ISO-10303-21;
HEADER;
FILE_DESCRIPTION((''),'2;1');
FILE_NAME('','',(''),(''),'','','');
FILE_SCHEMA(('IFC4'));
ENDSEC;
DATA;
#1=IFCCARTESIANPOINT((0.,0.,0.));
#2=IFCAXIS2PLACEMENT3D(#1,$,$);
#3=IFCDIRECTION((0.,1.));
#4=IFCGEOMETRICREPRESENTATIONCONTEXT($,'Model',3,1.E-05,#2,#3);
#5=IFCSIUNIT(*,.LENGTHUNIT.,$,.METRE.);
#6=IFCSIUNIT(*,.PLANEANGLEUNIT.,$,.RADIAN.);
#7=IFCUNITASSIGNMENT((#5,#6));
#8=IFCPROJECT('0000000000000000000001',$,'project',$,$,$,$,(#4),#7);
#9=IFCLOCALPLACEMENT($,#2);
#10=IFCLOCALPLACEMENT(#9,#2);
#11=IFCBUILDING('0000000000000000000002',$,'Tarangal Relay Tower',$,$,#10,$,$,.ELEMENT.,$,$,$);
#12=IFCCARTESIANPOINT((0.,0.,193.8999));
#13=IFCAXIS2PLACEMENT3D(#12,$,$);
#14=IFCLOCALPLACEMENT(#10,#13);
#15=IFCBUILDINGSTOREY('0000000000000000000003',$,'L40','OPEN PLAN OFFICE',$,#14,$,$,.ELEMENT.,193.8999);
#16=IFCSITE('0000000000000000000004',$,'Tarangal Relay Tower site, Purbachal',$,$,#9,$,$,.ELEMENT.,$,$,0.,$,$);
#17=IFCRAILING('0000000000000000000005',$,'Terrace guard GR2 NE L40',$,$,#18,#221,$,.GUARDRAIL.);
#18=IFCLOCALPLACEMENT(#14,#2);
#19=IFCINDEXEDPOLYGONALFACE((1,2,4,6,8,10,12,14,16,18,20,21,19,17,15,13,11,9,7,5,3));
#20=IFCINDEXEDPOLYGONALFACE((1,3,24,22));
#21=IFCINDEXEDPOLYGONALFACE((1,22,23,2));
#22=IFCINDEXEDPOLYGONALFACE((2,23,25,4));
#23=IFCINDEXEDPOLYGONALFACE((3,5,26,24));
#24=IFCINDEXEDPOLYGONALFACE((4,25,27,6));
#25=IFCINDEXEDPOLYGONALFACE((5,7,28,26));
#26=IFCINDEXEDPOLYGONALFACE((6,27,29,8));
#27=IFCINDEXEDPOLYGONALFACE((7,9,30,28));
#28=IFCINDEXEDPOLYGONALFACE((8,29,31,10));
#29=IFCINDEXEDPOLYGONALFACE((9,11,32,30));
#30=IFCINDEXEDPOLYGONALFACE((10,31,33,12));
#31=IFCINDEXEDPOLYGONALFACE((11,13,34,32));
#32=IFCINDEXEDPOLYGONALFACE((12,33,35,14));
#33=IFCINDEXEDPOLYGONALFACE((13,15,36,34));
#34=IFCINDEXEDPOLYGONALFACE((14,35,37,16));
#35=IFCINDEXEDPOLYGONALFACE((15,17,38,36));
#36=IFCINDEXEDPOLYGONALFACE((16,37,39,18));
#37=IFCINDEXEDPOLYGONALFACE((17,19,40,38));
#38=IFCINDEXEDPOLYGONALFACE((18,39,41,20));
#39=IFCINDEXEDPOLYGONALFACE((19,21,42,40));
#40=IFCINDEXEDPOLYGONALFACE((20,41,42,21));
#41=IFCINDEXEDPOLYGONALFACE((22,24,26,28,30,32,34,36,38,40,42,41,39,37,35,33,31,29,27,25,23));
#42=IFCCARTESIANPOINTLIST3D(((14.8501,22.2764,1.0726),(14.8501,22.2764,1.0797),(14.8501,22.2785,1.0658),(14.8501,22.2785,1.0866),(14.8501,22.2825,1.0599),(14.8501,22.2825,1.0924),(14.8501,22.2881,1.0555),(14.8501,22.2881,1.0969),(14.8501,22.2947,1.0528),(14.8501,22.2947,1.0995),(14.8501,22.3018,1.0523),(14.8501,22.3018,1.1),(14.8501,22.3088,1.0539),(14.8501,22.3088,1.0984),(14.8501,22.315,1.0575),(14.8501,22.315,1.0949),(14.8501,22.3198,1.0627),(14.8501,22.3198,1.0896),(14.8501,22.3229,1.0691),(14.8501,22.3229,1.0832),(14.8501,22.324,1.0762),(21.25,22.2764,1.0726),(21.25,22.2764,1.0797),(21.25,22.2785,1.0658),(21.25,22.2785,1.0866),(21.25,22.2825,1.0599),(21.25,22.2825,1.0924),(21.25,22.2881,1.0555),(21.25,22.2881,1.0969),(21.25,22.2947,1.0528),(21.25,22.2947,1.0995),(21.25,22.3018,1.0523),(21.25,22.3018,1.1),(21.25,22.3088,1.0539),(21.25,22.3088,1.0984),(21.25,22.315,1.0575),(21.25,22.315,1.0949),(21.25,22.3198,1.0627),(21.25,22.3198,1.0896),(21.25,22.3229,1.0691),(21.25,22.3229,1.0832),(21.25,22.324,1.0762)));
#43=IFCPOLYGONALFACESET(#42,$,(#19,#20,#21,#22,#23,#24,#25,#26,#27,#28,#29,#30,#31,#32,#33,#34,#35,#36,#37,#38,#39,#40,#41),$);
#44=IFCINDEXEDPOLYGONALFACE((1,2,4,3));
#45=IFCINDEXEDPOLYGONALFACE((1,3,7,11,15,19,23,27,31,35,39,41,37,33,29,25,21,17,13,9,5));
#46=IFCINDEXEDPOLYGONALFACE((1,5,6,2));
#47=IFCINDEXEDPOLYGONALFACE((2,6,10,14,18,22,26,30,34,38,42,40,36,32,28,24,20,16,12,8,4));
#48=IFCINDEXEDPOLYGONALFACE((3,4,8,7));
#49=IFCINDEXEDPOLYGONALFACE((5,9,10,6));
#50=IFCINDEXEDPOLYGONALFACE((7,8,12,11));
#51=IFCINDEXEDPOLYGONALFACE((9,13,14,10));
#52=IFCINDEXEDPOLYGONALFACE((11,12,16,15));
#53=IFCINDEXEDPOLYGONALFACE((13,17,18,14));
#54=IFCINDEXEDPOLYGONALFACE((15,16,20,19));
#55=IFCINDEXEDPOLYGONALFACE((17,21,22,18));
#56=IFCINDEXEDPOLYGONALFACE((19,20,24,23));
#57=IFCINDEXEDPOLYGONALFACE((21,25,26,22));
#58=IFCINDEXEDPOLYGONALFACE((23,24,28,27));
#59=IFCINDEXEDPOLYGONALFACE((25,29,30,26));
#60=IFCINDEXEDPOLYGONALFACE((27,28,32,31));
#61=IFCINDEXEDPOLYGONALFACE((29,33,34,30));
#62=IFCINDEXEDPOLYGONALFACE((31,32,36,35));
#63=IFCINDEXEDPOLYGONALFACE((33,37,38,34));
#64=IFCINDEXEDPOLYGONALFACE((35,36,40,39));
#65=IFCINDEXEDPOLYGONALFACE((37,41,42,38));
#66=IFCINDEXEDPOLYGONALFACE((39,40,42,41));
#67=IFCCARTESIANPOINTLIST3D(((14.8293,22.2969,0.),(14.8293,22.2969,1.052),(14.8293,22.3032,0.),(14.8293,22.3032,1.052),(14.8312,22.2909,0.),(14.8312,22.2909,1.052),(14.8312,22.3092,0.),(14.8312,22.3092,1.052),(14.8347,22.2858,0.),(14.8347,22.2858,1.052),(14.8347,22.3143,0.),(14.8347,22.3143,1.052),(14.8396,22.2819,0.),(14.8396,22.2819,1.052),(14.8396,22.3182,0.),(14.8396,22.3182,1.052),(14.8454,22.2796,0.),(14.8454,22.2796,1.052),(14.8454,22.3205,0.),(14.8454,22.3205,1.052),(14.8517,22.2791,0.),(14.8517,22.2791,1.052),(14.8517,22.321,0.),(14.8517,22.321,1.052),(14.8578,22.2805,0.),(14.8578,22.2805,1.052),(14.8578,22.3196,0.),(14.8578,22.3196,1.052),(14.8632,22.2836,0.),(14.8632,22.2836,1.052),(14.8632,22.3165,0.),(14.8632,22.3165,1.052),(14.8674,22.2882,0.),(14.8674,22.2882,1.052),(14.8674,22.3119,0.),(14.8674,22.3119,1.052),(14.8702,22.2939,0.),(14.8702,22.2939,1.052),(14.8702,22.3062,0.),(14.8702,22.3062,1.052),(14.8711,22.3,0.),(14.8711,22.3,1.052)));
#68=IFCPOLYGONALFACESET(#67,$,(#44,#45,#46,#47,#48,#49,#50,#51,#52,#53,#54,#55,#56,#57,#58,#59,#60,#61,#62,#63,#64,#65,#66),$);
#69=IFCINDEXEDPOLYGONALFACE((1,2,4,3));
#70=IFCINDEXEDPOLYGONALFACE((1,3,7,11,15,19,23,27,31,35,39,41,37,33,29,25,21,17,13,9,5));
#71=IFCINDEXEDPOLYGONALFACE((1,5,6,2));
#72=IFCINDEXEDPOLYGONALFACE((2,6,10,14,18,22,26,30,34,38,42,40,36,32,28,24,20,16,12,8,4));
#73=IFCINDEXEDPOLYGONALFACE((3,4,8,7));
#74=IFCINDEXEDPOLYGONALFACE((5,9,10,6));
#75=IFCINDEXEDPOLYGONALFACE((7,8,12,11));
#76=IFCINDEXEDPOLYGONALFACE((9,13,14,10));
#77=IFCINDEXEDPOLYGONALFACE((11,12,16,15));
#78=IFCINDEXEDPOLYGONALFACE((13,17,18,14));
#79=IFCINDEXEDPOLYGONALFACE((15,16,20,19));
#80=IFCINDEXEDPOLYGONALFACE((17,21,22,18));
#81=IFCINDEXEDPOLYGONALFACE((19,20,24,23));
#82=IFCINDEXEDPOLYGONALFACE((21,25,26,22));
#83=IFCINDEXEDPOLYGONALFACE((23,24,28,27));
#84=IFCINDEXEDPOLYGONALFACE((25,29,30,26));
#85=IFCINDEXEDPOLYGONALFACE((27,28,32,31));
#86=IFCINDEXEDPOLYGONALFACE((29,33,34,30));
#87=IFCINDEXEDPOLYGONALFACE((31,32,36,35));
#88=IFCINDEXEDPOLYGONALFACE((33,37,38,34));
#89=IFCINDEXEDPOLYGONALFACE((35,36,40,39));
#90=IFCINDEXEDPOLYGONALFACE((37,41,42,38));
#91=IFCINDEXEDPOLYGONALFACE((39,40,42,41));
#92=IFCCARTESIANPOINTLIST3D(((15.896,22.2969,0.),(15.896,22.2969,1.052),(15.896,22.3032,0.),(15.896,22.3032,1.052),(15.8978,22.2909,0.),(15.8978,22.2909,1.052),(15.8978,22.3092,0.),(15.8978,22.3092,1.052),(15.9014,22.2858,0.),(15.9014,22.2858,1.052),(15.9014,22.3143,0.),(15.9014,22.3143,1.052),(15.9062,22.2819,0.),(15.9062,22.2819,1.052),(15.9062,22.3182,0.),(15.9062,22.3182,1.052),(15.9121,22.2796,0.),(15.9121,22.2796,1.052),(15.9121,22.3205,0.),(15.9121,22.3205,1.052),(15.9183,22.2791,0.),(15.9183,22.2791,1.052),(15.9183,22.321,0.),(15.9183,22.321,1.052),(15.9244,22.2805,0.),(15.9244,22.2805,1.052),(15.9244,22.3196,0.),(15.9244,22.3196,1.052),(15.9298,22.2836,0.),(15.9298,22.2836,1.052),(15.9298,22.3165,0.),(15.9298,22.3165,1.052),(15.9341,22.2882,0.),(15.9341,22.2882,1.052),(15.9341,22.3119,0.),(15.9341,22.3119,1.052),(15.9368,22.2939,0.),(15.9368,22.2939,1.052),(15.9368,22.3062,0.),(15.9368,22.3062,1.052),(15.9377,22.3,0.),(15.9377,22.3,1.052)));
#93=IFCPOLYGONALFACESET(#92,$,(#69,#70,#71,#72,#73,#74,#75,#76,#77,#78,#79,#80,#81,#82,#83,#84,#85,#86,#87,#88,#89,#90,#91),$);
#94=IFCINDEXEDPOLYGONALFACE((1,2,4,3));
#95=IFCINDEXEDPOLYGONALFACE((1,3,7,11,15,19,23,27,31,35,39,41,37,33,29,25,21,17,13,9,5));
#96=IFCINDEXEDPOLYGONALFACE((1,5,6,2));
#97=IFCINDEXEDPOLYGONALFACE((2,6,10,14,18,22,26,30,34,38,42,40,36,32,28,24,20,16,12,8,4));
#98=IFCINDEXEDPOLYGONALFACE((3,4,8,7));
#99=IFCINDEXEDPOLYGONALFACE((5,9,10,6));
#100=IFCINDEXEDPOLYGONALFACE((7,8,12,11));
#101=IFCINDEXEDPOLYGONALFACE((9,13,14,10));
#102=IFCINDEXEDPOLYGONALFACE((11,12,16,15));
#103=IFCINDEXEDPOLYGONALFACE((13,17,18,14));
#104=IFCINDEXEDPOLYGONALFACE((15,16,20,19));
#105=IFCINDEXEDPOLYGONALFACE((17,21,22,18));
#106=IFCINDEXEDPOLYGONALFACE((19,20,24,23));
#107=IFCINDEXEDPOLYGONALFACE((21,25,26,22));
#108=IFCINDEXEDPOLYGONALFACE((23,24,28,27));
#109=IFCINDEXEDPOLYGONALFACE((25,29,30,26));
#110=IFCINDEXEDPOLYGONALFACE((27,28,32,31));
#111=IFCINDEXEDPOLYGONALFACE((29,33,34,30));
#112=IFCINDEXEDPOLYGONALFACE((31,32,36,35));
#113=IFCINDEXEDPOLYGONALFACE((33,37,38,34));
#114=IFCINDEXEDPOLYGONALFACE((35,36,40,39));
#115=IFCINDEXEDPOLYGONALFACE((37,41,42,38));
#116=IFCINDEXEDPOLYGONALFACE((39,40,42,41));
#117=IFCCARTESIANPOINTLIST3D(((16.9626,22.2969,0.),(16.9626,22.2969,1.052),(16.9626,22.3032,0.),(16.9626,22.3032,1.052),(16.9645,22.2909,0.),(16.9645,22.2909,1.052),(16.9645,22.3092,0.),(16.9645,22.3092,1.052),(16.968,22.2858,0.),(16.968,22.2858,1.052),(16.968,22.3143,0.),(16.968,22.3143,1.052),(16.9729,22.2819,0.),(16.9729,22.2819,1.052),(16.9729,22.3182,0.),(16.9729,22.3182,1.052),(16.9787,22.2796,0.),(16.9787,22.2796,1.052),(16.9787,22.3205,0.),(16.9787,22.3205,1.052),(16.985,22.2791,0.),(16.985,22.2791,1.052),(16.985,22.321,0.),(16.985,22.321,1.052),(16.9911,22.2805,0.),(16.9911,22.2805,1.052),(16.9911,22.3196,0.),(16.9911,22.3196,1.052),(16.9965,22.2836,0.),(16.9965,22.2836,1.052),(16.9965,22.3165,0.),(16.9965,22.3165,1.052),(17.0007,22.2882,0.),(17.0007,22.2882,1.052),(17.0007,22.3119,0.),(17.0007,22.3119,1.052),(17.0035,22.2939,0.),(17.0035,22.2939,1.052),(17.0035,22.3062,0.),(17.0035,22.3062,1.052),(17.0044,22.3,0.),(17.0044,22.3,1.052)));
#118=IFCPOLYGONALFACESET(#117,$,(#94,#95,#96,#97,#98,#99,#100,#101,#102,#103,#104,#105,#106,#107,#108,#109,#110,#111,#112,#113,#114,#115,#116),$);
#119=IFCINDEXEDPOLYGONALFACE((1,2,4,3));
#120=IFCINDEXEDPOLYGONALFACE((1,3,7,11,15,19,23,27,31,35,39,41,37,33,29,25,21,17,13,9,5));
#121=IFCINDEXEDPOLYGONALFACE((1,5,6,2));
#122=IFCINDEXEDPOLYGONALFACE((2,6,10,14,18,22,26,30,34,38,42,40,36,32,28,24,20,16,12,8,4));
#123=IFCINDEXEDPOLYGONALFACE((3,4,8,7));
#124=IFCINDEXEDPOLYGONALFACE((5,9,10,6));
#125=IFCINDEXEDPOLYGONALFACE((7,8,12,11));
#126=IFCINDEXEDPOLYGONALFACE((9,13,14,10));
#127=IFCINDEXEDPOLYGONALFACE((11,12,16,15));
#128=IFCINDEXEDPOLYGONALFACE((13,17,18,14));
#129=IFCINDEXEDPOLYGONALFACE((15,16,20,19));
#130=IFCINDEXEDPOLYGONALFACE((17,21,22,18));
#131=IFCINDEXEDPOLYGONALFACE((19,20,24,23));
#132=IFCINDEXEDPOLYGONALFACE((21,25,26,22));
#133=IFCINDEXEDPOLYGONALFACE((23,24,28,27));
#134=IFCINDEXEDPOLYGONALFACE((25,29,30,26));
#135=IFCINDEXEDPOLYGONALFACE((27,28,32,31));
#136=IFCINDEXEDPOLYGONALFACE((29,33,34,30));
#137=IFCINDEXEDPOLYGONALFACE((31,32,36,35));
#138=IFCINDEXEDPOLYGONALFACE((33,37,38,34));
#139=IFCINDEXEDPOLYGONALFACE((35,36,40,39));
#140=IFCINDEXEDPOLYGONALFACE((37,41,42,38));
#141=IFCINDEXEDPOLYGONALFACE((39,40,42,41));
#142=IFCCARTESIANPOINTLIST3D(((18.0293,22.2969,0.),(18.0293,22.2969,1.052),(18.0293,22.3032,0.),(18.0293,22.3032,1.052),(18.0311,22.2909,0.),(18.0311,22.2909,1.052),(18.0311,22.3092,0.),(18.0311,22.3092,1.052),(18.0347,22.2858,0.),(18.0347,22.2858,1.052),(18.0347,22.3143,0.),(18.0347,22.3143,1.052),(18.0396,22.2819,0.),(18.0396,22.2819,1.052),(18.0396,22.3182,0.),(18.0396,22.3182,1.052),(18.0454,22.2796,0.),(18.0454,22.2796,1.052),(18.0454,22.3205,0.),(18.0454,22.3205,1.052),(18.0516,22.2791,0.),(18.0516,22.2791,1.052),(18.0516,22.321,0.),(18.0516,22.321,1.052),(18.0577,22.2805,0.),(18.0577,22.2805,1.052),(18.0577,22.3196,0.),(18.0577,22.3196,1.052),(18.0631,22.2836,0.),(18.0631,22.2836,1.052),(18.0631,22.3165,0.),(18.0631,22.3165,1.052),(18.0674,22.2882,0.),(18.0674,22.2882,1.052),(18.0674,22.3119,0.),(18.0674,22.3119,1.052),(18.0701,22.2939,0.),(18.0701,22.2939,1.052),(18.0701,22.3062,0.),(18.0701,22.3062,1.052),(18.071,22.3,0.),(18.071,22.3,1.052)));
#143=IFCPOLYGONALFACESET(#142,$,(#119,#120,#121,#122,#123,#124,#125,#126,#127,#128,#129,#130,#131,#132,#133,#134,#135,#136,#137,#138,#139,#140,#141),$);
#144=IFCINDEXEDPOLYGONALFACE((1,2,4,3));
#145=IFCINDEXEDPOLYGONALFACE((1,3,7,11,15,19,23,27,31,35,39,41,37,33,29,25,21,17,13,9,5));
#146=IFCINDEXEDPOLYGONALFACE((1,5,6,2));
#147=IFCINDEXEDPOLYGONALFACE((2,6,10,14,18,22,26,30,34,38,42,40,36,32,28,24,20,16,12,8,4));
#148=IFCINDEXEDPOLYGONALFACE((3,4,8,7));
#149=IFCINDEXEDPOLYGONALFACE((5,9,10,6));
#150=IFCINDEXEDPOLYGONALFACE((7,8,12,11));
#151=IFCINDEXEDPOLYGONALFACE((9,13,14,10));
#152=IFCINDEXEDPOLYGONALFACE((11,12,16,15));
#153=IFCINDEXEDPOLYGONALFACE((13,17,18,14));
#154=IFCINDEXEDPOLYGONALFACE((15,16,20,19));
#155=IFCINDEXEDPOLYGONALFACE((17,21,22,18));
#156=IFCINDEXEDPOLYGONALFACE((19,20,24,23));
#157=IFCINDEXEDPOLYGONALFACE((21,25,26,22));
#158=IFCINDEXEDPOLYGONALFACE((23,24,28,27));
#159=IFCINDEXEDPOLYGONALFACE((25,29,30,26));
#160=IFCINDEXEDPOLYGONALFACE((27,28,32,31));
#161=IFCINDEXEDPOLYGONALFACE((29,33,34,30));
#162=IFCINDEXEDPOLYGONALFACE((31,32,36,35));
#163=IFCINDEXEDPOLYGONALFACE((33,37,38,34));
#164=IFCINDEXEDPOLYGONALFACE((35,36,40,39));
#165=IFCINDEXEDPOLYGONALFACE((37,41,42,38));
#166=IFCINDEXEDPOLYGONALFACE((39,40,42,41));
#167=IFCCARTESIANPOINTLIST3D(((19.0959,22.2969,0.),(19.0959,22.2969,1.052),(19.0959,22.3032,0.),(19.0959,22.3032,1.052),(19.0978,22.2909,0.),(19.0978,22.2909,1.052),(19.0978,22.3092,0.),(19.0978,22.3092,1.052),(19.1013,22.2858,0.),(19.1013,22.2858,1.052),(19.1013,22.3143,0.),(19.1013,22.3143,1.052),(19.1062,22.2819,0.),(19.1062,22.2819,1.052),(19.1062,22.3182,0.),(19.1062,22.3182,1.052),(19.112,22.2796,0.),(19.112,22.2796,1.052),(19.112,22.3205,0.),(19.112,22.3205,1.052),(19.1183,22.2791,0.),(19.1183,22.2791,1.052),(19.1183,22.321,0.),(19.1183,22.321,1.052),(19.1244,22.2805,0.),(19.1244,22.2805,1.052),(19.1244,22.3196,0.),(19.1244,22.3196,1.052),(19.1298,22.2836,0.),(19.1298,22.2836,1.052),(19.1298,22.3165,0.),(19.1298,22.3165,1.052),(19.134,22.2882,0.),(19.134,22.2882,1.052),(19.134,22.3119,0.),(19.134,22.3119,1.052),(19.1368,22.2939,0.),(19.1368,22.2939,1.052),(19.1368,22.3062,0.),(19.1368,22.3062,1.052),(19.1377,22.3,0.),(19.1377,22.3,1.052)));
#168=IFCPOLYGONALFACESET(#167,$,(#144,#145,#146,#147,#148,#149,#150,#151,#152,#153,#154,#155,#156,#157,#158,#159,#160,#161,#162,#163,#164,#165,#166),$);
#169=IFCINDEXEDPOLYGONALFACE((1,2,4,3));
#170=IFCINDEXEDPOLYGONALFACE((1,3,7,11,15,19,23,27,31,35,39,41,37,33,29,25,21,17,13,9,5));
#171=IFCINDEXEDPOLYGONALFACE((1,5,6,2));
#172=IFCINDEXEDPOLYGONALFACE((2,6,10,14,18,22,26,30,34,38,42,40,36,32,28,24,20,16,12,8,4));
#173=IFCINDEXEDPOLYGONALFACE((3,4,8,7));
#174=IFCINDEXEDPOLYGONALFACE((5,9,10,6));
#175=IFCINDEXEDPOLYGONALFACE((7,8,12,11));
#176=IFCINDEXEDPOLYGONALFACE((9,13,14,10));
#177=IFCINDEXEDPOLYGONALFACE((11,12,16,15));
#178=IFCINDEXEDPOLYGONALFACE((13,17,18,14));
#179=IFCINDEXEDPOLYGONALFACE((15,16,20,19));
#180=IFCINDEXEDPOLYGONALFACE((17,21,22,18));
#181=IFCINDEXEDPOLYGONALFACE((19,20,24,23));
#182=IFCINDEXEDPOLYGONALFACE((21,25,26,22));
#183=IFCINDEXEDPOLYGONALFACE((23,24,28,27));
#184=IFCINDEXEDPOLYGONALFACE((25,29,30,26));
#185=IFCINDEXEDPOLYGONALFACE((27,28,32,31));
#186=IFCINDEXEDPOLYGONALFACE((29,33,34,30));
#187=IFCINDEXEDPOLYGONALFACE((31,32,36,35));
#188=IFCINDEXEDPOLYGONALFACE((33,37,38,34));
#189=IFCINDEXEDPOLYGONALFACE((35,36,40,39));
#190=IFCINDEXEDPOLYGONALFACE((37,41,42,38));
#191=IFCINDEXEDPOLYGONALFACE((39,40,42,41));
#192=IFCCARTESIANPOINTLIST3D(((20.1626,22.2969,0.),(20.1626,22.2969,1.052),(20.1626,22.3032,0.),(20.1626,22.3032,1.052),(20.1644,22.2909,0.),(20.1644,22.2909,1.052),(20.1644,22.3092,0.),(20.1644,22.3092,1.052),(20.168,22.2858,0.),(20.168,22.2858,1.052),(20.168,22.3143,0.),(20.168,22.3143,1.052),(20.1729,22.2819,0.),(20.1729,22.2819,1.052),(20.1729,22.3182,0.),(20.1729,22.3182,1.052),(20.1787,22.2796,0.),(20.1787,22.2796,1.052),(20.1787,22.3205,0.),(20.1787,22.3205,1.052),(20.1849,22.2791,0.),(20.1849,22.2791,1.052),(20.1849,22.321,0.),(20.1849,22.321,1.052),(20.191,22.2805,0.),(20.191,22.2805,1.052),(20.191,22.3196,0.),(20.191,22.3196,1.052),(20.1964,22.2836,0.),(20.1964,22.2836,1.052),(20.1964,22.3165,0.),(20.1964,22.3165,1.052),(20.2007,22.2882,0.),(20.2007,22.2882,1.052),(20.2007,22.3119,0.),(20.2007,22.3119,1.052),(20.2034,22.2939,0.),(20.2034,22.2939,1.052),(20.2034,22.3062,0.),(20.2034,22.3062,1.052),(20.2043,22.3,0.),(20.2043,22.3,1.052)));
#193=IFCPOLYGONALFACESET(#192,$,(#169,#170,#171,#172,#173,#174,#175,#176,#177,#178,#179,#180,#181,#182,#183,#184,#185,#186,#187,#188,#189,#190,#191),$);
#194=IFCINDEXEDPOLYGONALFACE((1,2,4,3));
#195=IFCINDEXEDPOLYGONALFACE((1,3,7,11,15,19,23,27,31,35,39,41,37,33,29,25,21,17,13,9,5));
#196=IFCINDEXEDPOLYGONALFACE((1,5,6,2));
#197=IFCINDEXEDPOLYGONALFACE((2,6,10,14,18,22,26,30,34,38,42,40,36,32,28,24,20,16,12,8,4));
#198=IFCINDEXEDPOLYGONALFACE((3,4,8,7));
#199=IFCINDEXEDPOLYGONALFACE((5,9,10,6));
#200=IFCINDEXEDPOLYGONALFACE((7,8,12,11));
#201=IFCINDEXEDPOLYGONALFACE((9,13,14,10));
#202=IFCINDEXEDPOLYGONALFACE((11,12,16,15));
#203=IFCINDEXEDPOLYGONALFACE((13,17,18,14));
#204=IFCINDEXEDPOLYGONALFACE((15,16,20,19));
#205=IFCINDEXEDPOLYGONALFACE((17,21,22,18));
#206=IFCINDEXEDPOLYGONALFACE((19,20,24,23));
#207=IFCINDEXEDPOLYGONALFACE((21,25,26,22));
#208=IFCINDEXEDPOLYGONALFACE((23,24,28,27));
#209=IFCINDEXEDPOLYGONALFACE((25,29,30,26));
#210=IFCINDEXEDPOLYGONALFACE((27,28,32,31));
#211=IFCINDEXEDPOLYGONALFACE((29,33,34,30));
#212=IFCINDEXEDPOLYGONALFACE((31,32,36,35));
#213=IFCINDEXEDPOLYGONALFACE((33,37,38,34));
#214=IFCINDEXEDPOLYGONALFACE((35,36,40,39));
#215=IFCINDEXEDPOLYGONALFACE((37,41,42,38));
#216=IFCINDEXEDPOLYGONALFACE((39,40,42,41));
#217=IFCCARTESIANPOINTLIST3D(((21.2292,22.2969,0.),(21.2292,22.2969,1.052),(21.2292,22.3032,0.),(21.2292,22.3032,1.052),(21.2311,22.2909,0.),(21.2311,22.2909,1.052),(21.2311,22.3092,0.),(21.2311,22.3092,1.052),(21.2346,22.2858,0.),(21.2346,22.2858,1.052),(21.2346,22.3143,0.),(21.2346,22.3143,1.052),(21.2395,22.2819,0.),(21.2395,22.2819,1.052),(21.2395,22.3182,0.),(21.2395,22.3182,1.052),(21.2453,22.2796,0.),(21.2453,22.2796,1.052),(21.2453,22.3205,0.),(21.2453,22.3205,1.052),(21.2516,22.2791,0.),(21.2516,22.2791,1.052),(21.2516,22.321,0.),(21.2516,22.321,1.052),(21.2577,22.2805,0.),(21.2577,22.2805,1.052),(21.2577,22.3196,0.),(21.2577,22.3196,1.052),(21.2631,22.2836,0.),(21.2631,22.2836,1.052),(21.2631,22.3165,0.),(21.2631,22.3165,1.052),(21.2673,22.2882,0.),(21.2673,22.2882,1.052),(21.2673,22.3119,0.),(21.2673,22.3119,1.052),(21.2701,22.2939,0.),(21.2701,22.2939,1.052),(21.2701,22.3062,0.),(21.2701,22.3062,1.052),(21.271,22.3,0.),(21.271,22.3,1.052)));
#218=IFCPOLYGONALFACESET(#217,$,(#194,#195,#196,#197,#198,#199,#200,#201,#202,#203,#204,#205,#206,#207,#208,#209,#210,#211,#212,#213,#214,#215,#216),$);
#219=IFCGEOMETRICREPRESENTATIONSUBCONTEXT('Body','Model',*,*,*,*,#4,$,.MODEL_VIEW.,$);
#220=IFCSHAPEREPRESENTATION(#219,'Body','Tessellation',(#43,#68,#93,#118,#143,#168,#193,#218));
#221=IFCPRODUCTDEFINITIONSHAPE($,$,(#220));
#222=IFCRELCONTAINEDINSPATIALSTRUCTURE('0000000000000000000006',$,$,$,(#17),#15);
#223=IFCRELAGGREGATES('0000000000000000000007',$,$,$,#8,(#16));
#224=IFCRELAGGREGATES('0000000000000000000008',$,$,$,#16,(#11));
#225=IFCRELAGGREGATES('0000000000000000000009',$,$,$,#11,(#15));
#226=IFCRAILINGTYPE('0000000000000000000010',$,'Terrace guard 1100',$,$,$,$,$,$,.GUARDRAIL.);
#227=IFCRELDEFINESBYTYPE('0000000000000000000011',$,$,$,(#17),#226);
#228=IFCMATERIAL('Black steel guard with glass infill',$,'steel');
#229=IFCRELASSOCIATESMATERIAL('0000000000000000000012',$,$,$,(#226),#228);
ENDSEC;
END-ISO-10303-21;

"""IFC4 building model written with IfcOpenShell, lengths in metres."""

from ifc_helpers import new_model, si_unit, direction, frame, origin, origin_2d, place, context, subcontext, project, spatial, circle, extrude, material, type_object, element, save


model = new_model("IFC4")

# Units and contexts
model_context = context("Model", 3, precision=1e-05, world=origin(), true_north=direction((0.0, 1.0)))
body_context = subcontext(model_context, "Body", "Model", "MODEL_VIEW")
ifc_project = project(units=[si_unit("LENGTHUNIT", "METRE"), si_unit("PLANEANGLEUNIT", "RADIAN")], contexts=[model_context])

# Site, building, storey
site_placement = place(None, origin())
site = spatial("IfcSite", under=ifc_project, at=site_placement, Name="Tarangal Relay Tower site, Purbachal", CompositionType="ELEMENT", RefElevation=0.0)
building_placement = place(site_placement, origin())
building = spatial("IfcBuilding", under=site, at=building_placement, Name="Tarangal Relay Tower", CompositionType="ELEMENT")
storey_placement = place(building_placement, frame((0.0, 0.0, 193.8999)))
storey = spatial("IfcBuildingStorey", under=building, at=storey_placement, Name="L40", Description="OPEN PLAN OFFICE", CompositionType="ELEMENT", Elevation=193.8999)

# Railing
ifc_material_1 = material(Name="Black steel guard with glass infill", Category="steel")
railing_type = type_object("IfcRailingType", Name="Terrace guard 1100", PredefinedType="GUARDRAIL", material=ifc_material_1)
railing_1_placement = place(storey_placement, frame((14.8501, 22.3, 0.0)))
element("IfcRailing", 1, at=railing_1_placement, inside=storey, type_object=railing_type, Name="Terrace guard GR2 NE L40", PredefinedType="GUARDRAIL", context=body_context, shape_type="SweptSolid", body=[
    extrude(circle(Radius=0.0239, at=origin_2d()), frame((0.0, 0.0, 1.0762), z_axis=(1.0, 0.0, 0.0), x_axis=(0.0, 1.0, 0.0)), (0.0, 0.0, 1.0), 6.3999),
    extrude(circle(Radius=0.021, at=origin_2d()), origin(), (0.0, 0.0, 1.0), 1.052),
    extrude(circle(Radius=0.021, at=origin_2d()), frame((1.0667, 0.0, 0.0)), (0.0, 0.0, 1.0), 1.052),
    extrude(circle(Radius=0.021, at=origin_2d()), frame((2.1333, 0.0, 0.0)), (0.0, 0.0, 1.0), 1.052),
    extrude(circle(Radius=0.021, at=origin_2d()), frame((3.2, 0.0, 0.0)), (0.0, 0.0, 1.0), 1.052),
    extrude(circle(Radius=0.021, at=origin_2d()), frame((4.2666, 0.0, 0.0)), (0.0, 0.0, 1.0), 1.052),
    extrude(circle(Radius=0.021, at=origin_2d()), frame((5.3333, 0.0, 0.0)), (0.0, 0.0, 1.0), 1.052),
    extrude(circle(Radius=0.021, at=origin_2d()), frame((6.3999, 0.0, 0.0)), (0.0, 0.0, 1.0), 1.052),
])

save(model, "model.ifc")
